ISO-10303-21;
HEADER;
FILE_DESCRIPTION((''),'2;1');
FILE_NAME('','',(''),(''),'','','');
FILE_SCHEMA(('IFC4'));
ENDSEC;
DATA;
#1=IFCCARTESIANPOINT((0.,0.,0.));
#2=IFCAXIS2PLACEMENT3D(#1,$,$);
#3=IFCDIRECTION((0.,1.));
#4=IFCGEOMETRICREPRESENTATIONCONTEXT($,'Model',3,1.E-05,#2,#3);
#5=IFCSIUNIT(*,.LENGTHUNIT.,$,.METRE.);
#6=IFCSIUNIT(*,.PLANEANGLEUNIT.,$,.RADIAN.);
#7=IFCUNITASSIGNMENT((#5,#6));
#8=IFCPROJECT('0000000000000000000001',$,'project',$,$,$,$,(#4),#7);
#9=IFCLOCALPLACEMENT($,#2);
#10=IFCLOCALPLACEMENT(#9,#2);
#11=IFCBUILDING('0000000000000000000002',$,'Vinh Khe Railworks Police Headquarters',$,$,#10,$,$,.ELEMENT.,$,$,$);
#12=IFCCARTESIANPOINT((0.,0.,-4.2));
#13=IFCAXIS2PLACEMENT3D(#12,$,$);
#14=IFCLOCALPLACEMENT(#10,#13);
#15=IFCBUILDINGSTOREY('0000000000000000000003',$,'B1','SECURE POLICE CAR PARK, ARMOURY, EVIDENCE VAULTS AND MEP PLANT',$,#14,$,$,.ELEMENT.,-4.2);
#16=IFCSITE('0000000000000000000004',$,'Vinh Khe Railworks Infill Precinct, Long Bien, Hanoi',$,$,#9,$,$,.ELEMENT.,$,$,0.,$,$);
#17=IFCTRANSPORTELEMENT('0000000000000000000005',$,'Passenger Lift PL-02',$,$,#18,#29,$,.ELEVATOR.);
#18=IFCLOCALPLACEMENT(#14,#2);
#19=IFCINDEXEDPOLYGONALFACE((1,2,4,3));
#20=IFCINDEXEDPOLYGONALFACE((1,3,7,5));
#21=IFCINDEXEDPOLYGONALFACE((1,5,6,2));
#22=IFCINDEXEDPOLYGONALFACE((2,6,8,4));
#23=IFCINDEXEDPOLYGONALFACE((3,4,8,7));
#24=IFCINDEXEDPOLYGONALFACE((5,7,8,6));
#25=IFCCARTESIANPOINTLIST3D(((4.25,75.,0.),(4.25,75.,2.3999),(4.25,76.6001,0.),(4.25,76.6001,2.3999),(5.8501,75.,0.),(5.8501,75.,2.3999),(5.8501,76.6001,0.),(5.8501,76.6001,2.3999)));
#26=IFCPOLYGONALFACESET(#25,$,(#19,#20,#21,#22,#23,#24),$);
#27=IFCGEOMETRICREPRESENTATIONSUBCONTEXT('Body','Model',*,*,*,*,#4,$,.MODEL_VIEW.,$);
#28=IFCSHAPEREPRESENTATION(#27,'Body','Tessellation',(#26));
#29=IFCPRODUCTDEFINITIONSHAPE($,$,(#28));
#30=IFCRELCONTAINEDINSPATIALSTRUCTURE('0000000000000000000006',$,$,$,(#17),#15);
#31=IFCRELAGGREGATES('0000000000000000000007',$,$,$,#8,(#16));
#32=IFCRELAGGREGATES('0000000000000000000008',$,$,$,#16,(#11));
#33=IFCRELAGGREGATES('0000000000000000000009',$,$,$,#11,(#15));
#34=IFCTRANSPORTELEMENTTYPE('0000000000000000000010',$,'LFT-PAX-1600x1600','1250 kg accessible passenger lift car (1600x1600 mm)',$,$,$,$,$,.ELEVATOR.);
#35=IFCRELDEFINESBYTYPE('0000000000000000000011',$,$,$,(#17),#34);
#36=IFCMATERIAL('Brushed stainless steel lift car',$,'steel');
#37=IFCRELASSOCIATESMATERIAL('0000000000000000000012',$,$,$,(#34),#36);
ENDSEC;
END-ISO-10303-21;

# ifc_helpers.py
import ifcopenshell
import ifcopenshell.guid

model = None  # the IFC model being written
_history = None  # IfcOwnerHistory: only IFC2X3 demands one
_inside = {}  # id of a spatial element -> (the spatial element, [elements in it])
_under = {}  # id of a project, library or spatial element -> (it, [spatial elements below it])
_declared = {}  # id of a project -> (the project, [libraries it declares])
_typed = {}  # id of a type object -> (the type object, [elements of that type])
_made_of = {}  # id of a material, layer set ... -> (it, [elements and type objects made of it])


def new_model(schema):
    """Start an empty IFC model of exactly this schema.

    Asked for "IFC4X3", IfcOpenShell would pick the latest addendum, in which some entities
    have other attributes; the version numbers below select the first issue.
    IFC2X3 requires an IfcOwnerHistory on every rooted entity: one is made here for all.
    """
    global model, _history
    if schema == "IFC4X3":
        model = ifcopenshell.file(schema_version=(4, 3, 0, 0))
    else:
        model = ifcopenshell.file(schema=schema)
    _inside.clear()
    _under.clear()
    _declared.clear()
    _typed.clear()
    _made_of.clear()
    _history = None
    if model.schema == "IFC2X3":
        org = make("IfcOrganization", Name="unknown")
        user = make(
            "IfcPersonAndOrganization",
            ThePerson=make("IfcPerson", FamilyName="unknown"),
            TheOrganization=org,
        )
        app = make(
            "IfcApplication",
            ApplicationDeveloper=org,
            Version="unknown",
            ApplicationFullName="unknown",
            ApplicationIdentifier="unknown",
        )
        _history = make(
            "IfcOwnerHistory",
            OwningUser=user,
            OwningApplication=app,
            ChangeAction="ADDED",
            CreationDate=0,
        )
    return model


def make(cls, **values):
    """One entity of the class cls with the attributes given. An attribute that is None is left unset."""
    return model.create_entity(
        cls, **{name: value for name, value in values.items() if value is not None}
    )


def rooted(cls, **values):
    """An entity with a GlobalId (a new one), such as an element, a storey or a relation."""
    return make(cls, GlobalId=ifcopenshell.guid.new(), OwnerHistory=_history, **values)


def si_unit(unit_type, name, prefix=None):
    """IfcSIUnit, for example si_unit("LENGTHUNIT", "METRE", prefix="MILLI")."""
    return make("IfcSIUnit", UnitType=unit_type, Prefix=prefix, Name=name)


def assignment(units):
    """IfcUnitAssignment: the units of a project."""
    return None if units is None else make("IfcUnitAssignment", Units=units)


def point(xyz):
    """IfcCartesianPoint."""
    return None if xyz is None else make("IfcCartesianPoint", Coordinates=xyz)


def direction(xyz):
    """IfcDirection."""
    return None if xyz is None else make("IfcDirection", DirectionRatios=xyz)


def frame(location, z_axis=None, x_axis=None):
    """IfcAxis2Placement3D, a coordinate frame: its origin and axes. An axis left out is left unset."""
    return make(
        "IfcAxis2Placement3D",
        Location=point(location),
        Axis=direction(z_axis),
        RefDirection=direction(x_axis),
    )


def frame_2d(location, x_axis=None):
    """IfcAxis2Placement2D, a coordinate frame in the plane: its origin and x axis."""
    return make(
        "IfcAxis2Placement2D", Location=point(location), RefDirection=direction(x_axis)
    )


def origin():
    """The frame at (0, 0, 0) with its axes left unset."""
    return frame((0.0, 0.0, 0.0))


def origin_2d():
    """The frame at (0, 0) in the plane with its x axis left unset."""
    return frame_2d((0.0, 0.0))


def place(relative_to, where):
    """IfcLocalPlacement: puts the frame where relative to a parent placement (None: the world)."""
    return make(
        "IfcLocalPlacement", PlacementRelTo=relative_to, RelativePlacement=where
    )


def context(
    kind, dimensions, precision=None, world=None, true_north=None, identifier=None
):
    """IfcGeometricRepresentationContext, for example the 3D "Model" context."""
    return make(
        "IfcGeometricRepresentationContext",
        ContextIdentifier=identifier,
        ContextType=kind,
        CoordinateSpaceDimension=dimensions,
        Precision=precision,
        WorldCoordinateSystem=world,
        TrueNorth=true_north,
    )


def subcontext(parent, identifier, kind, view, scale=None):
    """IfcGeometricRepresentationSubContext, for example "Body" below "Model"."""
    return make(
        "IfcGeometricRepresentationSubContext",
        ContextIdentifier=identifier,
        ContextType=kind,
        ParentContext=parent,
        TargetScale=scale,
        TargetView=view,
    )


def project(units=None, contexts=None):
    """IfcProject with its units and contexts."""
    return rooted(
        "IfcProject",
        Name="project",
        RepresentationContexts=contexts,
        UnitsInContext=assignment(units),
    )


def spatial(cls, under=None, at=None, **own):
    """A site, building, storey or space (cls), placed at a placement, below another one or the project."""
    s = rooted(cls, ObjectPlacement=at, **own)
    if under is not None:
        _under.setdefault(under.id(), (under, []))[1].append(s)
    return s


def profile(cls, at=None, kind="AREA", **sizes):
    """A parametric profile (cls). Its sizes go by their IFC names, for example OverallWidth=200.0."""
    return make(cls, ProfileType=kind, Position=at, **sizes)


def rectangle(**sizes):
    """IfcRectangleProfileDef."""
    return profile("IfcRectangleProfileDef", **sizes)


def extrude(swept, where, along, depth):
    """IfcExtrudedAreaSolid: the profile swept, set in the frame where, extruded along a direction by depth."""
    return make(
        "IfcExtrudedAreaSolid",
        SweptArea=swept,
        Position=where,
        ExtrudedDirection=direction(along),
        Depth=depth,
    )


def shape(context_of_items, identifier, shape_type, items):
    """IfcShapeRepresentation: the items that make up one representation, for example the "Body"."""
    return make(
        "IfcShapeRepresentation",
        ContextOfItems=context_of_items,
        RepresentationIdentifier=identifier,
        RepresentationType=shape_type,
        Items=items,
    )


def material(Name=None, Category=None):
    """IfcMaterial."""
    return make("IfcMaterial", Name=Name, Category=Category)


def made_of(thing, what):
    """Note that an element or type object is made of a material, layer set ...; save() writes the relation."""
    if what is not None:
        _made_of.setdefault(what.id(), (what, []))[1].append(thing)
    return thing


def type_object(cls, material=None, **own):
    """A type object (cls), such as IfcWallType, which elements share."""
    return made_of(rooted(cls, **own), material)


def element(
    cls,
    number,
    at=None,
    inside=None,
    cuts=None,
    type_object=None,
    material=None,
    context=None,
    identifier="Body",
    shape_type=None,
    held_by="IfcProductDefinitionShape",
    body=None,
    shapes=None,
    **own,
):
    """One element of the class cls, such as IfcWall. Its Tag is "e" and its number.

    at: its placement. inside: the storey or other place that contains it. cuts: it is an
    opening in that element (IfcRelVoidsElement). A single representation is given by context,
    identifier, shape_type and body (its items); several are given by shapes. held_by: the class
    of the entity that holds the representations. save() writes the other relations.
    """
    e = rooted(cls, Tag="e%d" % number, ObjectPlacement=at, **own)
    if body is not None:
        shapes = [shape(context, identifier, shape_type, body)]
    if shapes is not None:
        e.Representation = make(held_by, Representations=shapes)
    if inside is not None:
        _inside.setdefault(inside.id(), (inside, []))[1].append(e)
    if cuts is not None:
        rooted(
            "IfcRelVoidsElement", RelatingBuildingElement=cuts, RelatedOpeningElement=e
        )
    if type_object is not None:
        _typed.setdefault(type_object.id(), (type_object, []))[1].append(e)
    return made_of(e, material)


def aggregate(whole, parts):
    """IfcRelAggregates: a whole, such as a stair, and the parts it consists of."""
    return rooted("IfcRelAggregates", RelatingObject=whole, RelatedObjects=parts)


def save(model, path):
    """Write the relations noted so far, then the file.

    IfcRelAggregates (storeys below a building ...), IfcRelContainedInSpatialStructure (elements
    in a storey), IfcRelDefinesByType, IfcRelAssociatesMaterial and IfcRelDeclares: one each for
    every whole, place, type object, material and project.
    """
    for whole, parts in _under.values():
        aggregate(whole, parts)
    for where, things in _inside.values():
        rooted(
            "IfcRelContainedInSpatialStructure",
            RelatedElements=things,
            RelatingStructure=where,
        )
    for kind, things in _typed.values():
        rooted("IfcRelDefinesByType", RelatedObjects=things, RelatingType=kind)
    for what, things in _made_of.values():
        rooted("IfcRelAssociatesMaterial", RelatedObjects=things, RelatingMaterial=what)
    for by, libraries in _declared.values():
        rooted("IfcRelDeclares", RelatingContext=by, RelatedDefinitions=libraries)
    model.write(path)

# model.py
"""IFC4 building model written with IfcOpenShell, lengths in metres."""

from ifc_helpers import new_model, si_unit, direction, frame, origin, origin_2d, place, context, subcontext, project, spatial, rectangle, extrude, material, type_object, element, save


model = new_model("IFC4")

# Units and contexts
model_context = context("Model", 3, precision=1e-05, world=origin(), true_north=direction((0.0, 1.0)))
body_context = subcontext(model_context, "Body", "Model", "MODEL_VIEW")
ifc_project = project(units=[si_unit("LENGTHUNIT", "METRE"), si_unit("PLANEANGLEUNIT", "RADIAN")], contexts=[model_context])

# Site, building, storey
site_placement = place(None, origin())
site = spatial("IfcSite", under=ifc_project, at=site_placement, Name="Vinh Khe Railworks Infill Precinct, Long Bien, Hanoi", CompositionType="ELEMENT", RefElevation=0.0)
building_placement = place(site_placement, origin())
building = spatial("IfcBuilding", under=site, at=building_placement, Name="Vinh Khe Railworks Police Headquarters", CompositionType="ELEMENT")
storey_placement = place(building_placement, frame((0.0, 0.0, -4.2)))
storey = spatial("IfcBuildingStorey", under=building, at=storey_placement, Name="B1", Description="SECURE POLICE CAR PARK, ARMOURY, EVIDENCE VAULTS AND MEP PLANT", CompositionType="ELEMENT", Elevation=-4.2)

# Transport element
ifc_material_1 = material(Name="Brushed stainless steel lift car", Category="steel")
transport_element_type_1 = type_object("IfcTransportElementType", Name="LFT-PAX-1600x1600", Description="1250 kg accessible passenger lift car (1600x1600 mm)", PredefinedType="ELEVATOR", material=ifc_material_1)
transport_element_1_placement = place(storey_placement, frame((5.05, 75.8, 0.0), z_axis=(0.0, 0.0, 1.0), x_axis=(1.0, 0.0, 0.0)))
element("IfcTransportElement", 1, at=transport_element_1_placement, inside=storey, type_object=transport_element_type_1, Name="Passenger Lift PL-02", PredefinedType="ELEVATOR", context=body_context, shape_type="SweptSolid", body=[
    extrude(rectangle(XDim=1.6001, YDim=1.6001, at=origin_2d()), origin(), (0.0, 0.0, 1.0), 2.3999),
])

save(model, "model.ifc")
